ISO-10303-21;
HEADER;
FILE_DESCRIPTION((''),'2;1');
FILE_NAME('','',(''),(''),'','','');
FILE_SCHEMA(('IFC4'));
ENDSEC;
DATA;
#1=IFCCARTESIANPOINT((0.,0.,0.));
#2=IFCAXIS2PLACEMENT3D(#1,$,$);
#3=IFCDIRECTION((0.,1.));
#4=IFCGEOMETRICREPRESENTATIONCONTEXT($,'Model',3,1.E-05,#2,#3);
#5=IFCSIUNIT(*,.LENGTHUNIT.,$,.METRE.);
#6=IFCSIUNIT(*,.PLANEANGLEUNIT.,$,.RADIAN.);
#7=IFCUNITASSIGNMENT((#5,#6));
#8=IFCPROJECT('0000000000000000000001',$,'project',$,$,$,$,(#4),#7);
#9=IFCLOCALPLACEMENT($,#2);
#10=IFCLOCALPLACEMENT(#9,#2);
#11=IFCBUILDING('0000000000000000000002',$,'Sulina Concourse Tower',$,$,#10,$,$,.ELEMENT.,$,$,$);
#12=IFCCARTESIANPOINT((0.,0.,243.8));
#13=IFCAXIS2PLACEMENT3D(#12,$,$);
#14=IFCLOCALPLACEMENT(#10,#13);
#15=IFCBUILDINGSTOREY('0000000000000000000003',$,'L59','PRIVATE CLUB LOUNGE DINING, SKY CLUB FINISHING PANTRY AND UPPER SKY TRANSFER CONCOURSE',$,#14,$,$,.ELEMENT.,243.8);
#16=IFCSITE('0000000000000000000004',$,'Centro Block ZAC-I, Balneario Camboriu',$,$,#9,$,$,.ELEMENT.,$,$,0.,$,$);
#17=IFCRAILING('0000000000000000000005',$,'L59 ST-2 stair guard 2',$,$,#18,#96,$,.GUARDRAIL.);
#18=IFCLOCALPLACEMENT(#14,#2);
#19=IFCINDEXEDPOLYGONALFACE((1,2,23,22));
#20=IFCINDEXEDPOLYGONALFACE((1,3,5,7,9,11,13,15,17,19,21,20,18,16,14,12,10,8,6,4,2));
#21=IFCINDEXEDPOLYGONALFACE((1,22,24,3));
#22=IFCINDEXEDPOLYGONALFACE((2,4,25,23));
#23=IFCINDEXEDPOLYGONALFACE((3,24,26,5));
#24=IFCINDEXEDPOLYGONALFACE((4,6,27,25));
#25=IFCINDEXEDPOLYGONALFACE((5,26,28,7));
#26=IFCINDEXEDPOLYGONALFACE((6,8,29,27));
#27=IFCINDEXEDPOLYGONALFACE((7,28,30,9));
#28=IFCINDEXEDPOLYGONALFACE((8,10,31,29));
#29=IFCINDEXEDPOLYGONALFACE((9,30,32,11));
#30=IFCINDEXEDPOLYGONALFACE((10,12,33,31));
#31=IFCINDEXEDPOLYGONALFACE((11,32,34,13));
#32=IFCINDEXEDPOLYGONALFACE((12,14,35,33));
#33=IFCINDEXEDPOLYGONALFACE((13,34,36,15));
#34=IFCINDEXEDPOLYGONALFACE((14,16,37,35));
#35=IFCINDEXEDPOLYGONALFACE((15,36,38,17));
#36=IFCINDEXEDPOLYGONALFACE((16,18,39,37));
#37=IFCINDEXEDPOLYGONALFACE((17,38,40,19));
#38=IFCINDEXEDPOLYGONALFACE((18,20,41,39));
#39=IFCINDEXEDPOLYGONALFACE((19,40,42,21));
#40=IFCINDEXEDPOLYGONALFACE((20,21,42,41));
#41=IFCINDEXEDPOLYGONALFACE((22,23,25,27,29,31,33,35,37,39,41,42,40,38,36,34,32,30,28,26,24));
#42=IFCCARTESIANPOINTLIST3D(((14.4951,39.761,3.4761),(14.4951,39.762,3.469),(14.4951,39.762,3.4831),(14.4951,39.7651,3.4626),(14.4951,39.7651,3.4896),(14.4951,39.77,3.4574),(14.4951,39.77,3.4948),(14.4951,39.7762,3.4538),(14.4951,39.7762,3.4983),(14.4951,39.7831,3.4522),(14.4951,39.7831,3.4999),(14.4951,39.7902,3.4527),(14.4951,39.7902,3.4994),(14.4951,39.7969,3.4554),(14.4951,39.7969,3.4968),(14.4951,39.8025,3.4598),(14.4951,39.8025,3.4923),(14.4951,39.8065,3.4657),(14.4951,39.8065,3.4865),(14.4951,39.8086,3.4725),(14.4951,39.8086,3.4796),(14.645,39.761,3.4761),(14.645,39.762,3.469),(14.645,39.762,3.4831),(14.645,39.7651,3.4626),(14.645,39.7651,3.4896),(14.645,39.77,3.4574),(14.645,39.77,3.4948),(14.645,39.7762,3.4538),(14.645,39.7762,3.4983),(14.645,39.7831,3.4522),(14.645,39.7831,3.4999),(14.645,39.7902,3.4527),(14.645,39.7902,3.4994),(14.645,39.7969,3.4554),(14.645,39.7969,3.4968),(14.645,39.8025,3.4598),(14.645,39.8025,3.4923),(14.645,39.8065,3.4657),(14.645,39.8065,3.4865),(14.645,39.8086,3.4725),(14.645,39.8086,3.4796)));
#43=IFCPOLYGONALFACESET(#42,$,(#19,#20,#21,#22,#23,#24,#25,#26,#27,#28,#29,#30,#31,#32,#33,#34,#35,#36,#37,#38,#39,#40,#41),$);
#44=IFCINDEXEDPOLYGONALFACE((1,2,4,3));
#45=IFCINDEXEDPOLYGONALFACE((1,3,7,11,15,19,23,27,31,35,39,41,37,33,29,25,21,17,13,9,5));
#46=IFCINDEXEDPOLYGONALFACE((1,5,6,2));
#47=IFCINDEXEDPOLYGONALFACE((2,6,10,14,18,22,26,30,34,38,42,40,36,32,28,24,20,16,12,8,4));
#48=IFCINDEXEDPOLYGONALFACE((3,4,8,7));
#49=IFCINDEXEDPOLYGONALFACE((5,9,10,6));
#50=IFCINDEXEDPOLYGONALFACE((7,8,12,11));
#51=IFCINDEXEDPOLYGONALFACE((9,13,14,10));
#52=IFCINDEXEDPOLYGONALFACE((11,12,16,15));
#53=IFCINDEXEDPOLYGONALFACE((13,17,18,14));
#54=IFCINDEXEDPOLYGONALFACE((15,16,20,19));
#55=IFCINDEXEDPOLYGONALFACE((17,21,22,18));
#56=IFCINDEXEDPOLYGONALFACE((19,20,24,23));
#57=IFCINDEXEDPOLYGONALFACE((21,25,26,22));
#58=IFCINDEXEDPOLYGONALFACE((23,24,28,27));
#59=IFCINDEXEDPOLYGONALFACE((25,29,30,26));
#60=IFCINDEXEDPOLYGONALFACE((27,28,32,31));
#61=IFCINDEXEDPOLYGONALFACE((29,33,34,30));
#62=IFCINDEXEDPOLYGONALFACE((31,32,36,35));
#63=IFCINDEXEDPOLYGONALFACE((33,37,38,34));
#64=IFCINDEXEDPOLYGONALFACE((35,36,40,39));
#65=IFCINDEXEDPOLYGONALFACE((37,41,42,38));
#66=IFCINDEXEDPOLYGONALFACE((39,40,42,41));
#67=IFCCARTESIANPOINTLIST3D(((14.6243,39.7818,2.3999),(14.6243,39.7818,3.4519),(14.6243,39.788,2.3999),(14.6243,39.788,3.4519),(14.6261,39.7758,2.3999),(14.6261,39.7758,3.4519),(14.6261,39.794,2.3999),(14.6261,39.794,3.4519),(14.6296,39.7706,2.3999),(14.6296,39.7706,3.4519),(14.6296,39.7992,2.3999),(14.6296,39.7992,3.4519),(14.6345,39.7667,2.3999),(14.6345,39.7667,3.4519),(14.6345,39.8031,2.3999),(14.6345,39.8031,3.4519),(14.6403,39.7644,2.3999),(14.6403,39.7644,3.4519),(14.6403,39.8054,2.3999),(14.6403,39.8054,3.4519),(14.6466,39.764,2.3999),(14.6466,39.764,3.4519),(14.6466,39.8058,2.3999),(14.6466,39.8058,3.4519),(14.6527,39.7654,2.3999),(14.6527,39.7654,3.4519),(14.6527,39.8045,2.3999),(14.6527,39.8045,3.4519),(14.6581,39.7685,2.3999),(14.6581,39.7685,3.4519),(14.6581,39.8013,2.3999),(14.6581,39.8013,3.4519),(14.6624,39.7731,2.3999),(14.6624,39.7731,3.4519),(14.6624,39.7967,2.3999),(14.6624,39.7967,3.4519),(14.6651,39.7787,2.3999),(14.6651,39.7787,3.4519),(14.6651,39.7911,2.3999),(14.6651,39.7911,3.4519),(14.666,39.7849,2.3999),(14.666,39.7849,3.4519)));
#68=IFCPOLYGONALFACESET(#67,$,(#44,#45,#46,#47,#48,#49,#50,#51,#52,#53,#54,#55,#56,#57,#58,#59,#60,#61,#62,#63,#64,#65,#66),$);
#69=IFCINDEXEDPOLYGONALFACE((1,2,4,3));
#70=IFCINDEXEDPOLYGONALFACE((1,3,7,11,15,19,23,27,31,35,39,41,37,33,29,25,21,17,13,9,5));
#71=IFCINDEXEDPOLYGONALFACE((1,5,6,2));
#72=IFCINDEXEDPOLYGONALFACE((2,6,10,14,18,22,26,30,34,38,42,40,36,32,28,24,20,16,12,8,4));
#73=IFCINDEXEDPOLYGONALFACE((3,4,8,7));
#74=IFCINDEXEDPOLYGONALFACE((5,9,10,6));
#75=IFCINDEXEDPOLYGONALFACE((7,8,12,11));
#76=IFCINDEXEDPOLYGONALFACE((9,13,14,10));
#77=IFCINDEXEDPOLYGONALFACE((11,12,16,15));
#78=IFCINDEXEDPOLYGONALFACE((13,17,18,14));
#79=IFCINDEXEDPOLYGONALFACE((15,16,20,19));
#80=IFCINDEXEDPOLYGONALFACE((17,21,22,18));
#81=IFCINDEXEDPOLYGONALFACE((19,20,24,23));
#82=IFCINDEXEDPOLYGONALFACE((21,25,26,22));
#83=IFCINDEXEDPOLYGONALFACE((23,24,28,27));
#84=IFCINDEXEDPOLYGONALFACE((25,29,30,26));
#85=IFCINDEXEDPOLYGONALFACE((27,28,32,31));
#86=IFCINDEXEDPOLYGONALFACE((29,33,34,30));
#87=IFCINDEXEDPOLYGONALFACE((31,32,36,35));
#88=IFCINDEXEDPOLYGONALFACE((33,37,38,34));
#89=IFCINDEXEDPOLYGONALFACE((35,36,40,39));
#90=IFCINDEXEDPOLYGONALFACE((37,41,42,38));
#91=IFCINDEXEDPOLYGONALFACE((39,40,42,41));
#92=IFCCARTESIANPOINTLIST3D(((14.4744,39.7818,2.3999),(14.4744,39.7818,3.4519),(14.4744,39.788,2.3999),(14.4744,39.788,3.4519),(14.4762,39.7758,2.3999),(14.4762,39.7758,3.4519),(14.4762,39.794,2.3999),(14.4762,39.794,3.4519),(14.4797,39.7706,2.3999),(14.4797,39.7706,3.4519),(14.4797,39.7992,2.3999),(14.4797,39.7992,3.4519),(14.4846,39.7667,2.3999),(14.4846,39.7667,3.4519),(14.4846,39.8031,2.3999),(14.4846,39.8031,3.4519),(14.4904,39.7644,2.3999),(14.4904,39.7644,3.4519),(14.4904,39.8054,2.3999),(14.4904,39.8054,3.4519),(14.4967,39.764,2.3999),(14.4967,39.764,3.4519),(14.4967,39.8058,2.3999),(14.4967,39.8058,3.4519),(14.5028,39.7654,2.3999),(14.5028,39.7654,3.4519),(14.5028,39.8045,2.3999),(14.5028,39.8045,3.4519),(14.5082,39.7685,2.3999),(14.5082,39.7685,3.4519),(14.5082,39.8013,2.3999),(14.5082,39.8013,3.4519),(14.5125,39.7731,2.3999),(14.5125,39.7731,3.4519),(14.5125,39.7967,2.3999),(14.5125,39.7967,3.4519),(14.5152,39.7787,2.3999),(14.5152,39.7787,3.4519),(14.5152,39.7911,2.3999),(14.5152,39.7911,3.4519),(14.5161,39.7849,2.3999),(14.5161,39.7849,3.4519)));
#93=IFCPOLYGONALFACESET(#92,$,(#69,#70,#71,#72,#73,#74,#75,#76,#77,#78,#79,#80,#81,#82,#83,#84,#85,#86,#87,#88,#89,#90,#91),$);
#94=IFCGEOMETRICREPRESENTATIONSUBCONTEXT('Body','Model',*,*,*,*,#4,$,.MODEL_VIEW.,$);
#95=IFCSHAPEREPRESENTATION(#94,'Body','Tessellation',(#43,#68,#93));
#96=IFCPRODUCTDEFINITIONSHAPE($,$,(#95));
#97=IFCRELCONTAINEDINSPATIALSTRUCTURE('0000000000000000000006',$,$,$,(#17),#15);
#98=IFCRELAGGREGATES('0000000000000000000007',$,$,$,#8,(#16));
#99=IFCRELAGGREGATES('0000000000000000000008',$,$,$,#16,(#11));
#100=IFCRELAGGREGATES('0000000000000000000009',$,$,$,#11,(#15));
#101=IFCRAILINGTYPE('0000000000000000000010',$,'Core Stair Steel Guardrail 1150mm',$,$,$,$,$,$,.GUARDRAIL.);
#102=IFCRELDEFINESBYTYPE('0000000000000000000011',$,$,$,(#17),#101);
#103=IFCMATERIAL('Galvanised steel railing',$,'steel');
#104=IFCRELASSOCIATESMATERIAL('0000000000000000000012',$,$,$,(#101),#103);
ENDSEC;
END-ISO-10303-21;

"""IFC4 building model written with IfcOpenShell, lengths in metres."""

from ifc_helpers import new_model, si_unit, direction, frame, origin, origin_2d, place, context, subcontext, project, spatial, circle, extrude, material, type_object, element, save


model = new_model("IFC4")

# Units and contexts
model_context = context("Model", 3, precision=1e-05, world=origin(), true_north=direction((0.0, 1.0)))
body_context = subcontext(model_context, "Body", "Model", "MODEL_VIEW")
ifc_project = project(units=[si_unit("LENGTHUNIT", "METRE"), si_unit("PLANEANGLEUNIT", "RADIAN")], contexts=[model_context])

# Site, building, storey
site_placement = place(None, origin())
site = spatial("IfcSite", under=ifc_project, at=site_placement, Name="Centro Block ZAC-I, Balneario Camboriu", CompositionType="ELEMENT", RefElevation=0.0)
building_placement = place(site_placement, origin())
building = spatial("IfcBuilding", under=site, at=building_placement, Name="Sulina Concourse Tower", CompositionType="ELEMENT")
storey_placement = place(building_placement, frame((0.0, 0.0, 243.8)))
storey = spatial("IfcBuildingStorey", under=building, at=storey_placement, Name="L59", Description="PRIVATE CLUB LOUNGE DINING, SKY CLUB FINISHING PANTRY AND UPPER SKY TRANSFER CONCOURSE", CompositionType="ELEMENT", Elevation=243.8)

# Railing
ifc_material_1 = material(Name="Galvanised steel railing", Category="steel")
railing_type_1 = type_object("IfcRailingType", Name="Core Stair Steel Guardrail 1150mm", PredefinedType="GUARDRAIL", material=ifc_material_1)
railing_1_placement = place(storey_placement, frame((14.645, 39.7849, 2.3999)))
element("IfcRailing", 1, at=railing_1_placement, inside=storey, type_object=railing_type_1, Name="L59 ST-2 stair guard 2", PredefinedType="GUARDRAIL", context=body_context, shape_type="SweptSolid", body=[
    extrude(circle(Radius=0.0239, at=origin_2d()), frame((0.0, 0.0, 1.0762), z_axis=(-1.0, 0.0, 0.0), x_axis=(0.0, -1.0, 0.0)), (0.0, 0.0, 1.0), 0.1499),
    extrude(circle(Radius=0.021, at=origin_2d()), origin(), (0.0, 0.0, 1.0), 1.052),
    extrude(circle(Radius=0.021, at=origin_2d()), frame((-0.1499, 0.0, 0.0)), (0.0, 0.0, 1.0), 1.052),
])

save(model, "model.ifc")
